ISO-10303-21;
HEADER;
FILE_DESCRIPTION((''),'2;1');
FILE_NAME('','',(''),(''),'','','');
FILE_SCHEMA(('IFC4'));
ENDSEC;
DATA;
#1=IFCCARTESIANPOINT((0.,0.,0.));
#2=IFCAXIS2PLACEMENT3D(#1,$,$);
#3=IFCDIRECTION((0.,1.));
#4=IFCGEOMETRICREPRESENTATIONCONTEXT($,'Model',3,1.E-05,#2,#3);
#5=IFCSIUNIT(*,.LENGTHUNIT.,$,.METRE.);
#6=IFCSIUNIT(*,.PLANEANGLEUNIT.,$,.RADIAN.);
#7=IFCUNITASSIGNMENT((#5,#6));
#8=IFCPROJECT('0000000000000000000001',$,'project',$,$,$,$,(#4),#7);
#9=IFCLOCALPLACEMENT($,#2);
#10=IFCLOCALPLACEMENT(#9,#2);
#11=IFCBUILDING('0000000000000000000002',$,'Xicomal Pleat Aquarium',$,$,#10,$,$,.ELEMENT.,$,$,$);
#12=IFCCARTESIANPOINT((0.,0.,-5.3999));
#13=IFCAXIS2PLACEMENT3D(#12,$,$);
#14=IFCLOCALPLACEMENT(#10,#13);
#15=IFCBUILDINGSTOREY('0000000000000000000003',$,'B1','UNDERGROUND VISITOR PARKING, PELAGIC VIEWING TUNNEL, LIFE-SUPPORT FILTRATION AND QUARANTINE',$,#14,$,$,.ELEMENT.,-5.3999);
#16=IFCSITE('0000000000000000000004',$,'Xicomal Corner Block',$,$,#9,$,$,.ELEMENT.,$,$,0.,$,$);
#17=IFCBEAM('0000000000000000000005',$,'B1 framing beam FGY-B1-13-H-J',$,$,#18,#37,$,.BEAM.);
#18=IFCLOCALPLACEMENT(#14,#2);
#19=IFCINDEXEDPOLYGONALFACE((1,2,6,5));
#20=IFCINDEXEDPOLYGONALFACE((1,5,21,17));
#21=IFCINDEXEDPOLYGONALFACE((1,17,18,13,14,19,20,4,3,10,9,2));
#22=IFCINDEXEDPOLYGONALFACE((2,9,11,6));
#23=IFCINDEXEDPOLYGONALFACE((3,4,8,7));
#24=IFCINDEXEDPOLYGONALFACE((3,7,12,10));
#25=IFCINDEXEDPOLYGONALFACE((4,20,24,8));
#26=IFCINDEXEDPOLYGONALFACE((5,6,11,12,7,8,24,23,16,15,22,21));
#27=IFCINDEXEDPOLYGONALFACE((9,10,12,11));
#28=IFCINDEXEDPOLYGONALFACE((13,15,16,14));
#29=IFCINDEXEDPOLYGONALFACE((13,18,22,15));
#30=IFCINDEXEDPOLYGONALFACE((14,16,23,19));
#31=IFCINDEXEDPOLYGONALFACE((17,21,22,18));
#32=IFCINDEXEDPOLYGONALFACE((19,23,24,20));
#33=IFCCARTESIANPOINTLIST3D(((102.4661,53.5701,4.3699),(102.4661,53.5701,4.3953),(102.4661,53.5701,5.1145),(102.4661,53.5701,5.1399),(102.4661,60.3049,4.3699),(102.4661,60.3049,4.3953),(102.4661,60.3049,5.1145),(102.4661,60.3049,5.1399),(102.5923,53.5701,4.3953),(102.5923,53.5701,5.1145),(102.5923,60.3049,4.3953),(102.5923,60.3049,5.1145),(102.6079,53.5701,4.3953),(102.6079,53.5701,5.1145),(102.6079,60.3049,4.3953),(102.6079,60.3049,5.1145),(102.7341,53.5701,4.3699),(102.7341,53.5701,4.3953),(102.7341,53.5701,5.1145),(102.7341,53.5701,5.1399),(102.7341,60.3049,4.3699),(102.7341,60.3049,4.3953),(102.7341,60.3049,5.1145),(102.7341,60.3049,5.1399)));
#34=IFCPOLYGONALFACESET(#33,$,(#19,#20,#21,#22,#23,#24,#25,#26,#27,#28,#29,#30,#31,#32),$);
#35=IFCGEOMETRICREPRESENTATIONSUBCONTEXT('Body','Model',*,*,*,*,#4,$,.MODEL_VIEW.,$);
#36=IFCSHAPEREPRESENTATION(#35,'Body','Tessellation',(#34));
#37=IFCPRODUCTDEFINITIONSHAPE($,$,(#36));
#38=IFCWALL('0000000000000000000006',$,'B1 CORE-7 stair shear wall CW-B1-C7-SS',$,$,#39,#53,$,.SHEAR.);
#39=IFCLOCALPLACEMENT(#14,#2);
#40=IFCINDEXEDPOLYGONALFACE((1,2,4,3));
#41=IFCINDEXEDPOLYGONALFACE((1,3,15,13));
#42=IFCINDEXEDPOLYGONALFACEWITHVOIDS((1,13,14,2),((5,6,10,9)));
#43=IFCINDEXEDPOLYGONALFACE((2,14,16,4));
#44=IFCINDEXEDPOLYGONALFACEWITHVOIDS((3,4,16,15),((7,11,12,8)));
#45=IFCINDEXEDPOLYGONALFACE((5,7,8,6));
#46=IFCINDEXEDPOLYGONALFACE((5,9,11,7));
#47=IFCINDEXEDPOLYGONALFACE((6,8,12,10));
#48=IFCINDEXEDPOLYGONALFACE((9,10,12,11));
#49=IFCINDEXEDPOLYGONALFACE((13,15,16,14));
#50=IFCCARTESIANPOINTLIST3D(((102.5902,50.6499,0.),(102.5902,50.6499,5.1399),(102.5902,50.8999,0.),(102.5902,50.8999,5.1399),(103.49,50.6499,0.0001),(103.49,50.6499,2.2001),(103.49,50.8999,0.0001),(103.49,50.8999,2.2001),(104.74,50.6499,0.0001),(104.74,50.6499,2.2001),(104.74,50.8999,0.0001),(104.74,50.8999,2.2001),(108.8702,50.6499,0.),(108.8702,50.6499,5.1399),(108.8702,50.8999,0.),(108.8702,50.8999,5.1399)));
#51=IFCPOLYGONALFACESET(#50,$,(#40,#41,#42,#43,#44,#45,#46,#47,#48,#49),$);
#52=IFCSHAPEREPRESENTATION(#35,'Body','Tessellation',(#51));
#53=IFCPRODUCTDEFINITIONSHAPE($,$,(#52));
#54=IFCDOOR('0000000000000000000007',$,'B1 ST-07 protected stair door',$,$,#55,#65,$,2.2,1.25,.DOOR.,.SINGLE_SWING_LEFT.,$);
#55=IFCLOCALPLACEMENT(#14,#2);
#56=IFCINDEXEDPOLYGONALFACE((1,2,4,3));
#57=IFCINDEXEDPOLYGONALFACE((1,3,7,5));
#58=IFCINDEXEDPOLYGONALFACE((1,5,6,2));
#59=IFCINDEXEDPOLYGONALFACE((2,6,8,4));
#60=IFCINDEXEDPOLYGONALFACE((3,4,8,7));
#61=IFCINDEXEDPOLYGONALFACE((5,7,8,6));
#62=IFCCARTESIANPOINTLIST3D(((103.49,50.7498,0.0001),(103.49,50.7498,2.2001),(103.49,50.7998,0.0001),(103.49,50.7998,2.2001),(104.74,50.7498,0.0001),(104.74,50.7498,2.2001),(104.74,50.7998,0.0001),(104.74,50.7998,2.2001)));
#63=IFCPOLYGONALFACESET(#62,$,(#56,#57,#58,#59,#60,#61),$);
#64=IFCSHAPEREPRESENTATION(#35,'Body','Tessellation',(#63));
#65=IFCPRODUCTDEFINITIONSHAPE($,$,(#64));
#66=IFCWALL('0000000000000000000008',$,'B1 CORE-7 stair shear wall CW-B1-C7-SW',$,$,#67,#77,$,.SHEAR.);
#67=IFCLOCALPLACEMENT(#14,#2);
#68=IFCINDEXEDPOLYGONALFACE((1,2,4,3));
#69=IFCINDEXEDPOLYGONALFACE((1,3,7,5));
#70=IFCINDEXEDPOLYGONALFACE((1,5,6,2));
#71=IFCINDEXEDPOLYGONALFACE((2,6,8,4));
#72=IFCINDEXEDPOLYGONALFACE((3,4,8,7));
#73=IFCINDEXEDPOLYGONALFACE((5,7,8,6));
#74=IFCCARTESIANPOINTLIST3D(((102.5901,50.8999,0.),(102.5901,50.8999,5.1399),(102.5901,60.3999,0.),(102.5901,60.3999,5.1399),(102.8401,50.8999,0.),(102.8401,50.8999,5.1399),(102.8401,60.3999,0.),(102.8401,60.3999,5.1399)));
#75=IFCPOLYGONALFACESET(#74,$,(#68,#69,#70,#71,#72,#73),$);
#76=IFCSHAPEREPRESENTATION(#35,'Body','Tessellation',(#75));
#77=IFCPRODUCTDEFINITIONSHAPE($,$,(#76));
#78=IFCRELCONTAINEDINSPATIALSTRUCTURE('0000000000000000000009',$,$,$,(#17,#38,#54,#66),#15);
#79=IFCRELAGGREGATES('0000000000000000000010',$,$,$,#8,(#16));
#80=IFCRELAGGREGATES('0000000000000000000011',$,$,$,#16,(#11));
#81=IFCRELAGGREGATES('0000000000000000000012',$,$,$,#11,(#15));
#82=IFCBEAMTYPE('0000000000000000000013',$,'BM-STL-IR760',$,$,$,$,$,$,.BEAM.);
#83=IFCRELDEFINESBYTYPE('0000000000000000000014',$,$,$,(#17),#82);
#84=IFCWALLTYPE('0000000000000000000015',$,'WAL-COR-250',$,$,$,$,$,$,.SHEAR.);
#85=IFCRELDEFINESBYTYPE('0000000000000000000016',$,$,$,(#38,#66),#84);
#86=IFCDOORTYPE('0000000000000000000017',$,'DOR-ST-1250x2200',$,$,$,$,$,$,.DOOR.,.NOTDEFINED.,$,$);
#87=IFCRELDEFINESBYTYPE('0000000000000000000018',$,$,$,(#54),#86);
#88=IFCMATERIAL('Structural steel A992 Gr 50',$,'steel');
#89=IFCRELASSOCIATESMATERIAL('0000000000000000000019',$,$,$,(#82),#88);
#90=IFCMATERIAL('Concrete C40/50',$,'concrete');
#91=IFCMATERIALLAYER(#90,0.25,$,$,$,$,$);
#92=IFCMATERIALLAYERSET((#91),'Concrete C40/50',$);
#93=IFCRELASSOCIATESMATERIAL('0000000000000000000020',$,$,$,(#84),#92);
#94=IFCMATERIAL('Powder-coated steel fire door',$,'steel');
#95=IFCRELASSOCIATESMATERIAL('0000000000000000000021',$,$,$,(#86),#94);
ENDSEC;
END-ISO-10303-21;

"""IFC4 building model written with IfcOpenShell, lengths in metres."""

from ifc_helpers import new_model, si_unit, direction, frame, frame_2d, origin, origin_2d, place, context, subcontext, project, spatial, rectangle, i_section, extrude, material, layer, layer_set, material_profile, profile_set, type_object, element, fill, save


model = new_model("IFC4")

# Units and contexts
model_context = context("Model", 3, precision=1e-05, world=origin(), true_north=direction((0.0, 1.0)))
body_context = subcontext(model_context, "Body", "Model", "MODEL_VIEW")
ifc_project = project(units=[si_unit("LENGTHUNIT", "METRE"), si_unit("PLANEANGLEUNIT", "RADIAN")], contexts=[model_context])

# Site, building, storey
site_placement = place(None, origin())
site = spatial("IfcSite", under=ifc_project, at=site_placement, Name="Xicomal Corner Block", CompositionType="ELEMENT", RefElevation=0.0)
building_placement = place(site_placement, origin())
building = spatial("IfcBuilding", under=site, at=building_placement, Name="Xicomal Pleat Aquarium", CompositionType="ELEMENT")
storey_placement = place(building_placement, frame((0.0, 0.0, -5.3999)))
storey = spatial("IfcBuildingStorey", under=building, at=storey_placement, Name="B1", Description="UNDERGROUND VISITOR PARKING, PELAGIC VIEWING TUNNEL, LIFE-SUPPORT FILTRATION AND QUARANTINE", CompositionType="ELEMENT", Elevation=-5.3999)

# Beam
ifc_material_1 = material(Name="Structural steel A992 Gr 50", Category="steel")
ifc_material_profile_1 = material_profile(ifc_material_1, i_section(OverallWidth=0.2681, OverallDepth=0.77, WebThickness=0.0156, FlangeThickness=0.0254, at=origin_2d()), Name="IR 760x196")
ifc_profile_set_1 = profile_set([ifc_material_profile_1], Name="Structural steel A992 Gr 50")
beam_type_1 = type_object("IfcBeamType", Name="BM-STL-IR760", PredefinedType="BEAM", material=ifc_profile_set_1)
beam_1_placement = place(storey_placement, frame((102.6001, 53.5701, 4.7549), z_axis=(0.0, 1.0, 0.0), x_axis=(-1.0, 0.0, 0.0)))
element("IfcBeam", 1, at=beam_1_placement, inside=storey, type_object=beam_type_1, Name="B1 framing beam FGY-B1-13-H-J", PredefinedType="BEAM", context=body_context, shape_type="SweptSolid", body=[
    extrude(i_section(OverallWidth=0.2681, OverallDepth=0.77, WebThickness=0.0156, FlangeThickness=0.0254, at=origin_2d()), origin(), (0.0, 0.0, 1.0), 6.7349),
])

# Wall, opening, door
ifc_material_2 = material(Name="Concrete C40/50", Category="concrete")
ifc_layer = layer(ifc_material_2, 0.25)
ifc_layer_set = layer_set([ifc_layer], Name="Concrete C40/50")
wall_type = type_object("IfcWallType", Name="WAL-COR-250", PredefinedType="SHEAR", material=ifc_layer_set)
wall_1_placement = place(storey_placement, frame((102.5901, 50.7749, 0.0), z_axis=(0.0, 0.0, 1.0), x_axis=(1.0, 0.0, 0.0)))
wall_1 = element("IfcWall", 2, at=wall_1_placement, inside=storey, type_object=wall_type, Name="B1 CORE-7 stair shear wall CW-B1-C7-SS", PredefinedType="SHEAR", context=body_context, shape_type="SweptSolid", body=[
    extrude(rectangle(XDim=6.28, YDim=0.25, at=frame_2d((3.1401, 0.0))), origin(), (0.0, 0.0, 1.0), 5.1399),
])
opening_placement = place(wall_1_placement, frame((0.8999, 0.0, 0.0)))
opening = element("IfcOpeningElement", 3, at=opening_placement, cuts=wall_1, PredefinedType="OPENING", context=body_context, shape_type="SweptSolid", body=[
    extrude(rectangle(XDim=1.25, YDim=2.2, at=frame_2d((0.625, 1.1001))), frame((0.0, 0.135, 0.0), z_axis=(0.0, -1.0, 0.0), x_axis=(1.0, 0.0, 0.0)), (0.0, 0.0, 1.0), 0.27),
])
ifc_material_3 = material(Name="Powder-coated steel fire door", Category="steel")
door_type = type_object("IfcDoorType", Name="DOR-ST-1250x2200", OperationType="NOTDEFINED", PredefinedType="DOOR", material=ifc_material_3)
door_placement = place(opening_placement, origin())
door = element("IfcDoor", 4, at=door_placement, inside=storey, type_object=door_type, Name="B1 ST-07 protected stair door", OperationType="SINGLE_SWING_LEFT", OverallHeight=2.2, OverallWidth=1.25, PredefinedType="DOOR", context=body_context, shape_type="SweptSolid", body=[
    extrude(rectangle(XDim=1.25, YDim=2.2, at=frame_2d((0.625, 1.1001))), frame((0.0, 0.0249, 0.0), z_axis=(0.0, -1.0, 0.0), x_axis=(1.0, 0.0, 0.0)), (0.0, 0.0, 1.0), 0.05),
])
fill(opening, door)

# Wall
wall_2_placement = place(storey_placement, frame((102.7151, 50.8999, 0.0), z_axis=(0.0, 0.0, 1.0), x_axis=(0.0, 1.0, 0.0)))
element("IfcWall", 5, at=wall_2_placement, inside=storey, type_object=wall_type, Name="B1 CORE-7 stair shear wall CW-B1-C7-SW", PredefinedType="SHEAR", context=body_context, shape_type="SweptSolid", body=[
    extrude(rectangle(XDim=9.5, YDim=0.25, at=frame_2d((4.75, 0.0))), origin(), (0.0, 0.0, 1.0), 5.1399),
])

save(model, "model.ifc")
